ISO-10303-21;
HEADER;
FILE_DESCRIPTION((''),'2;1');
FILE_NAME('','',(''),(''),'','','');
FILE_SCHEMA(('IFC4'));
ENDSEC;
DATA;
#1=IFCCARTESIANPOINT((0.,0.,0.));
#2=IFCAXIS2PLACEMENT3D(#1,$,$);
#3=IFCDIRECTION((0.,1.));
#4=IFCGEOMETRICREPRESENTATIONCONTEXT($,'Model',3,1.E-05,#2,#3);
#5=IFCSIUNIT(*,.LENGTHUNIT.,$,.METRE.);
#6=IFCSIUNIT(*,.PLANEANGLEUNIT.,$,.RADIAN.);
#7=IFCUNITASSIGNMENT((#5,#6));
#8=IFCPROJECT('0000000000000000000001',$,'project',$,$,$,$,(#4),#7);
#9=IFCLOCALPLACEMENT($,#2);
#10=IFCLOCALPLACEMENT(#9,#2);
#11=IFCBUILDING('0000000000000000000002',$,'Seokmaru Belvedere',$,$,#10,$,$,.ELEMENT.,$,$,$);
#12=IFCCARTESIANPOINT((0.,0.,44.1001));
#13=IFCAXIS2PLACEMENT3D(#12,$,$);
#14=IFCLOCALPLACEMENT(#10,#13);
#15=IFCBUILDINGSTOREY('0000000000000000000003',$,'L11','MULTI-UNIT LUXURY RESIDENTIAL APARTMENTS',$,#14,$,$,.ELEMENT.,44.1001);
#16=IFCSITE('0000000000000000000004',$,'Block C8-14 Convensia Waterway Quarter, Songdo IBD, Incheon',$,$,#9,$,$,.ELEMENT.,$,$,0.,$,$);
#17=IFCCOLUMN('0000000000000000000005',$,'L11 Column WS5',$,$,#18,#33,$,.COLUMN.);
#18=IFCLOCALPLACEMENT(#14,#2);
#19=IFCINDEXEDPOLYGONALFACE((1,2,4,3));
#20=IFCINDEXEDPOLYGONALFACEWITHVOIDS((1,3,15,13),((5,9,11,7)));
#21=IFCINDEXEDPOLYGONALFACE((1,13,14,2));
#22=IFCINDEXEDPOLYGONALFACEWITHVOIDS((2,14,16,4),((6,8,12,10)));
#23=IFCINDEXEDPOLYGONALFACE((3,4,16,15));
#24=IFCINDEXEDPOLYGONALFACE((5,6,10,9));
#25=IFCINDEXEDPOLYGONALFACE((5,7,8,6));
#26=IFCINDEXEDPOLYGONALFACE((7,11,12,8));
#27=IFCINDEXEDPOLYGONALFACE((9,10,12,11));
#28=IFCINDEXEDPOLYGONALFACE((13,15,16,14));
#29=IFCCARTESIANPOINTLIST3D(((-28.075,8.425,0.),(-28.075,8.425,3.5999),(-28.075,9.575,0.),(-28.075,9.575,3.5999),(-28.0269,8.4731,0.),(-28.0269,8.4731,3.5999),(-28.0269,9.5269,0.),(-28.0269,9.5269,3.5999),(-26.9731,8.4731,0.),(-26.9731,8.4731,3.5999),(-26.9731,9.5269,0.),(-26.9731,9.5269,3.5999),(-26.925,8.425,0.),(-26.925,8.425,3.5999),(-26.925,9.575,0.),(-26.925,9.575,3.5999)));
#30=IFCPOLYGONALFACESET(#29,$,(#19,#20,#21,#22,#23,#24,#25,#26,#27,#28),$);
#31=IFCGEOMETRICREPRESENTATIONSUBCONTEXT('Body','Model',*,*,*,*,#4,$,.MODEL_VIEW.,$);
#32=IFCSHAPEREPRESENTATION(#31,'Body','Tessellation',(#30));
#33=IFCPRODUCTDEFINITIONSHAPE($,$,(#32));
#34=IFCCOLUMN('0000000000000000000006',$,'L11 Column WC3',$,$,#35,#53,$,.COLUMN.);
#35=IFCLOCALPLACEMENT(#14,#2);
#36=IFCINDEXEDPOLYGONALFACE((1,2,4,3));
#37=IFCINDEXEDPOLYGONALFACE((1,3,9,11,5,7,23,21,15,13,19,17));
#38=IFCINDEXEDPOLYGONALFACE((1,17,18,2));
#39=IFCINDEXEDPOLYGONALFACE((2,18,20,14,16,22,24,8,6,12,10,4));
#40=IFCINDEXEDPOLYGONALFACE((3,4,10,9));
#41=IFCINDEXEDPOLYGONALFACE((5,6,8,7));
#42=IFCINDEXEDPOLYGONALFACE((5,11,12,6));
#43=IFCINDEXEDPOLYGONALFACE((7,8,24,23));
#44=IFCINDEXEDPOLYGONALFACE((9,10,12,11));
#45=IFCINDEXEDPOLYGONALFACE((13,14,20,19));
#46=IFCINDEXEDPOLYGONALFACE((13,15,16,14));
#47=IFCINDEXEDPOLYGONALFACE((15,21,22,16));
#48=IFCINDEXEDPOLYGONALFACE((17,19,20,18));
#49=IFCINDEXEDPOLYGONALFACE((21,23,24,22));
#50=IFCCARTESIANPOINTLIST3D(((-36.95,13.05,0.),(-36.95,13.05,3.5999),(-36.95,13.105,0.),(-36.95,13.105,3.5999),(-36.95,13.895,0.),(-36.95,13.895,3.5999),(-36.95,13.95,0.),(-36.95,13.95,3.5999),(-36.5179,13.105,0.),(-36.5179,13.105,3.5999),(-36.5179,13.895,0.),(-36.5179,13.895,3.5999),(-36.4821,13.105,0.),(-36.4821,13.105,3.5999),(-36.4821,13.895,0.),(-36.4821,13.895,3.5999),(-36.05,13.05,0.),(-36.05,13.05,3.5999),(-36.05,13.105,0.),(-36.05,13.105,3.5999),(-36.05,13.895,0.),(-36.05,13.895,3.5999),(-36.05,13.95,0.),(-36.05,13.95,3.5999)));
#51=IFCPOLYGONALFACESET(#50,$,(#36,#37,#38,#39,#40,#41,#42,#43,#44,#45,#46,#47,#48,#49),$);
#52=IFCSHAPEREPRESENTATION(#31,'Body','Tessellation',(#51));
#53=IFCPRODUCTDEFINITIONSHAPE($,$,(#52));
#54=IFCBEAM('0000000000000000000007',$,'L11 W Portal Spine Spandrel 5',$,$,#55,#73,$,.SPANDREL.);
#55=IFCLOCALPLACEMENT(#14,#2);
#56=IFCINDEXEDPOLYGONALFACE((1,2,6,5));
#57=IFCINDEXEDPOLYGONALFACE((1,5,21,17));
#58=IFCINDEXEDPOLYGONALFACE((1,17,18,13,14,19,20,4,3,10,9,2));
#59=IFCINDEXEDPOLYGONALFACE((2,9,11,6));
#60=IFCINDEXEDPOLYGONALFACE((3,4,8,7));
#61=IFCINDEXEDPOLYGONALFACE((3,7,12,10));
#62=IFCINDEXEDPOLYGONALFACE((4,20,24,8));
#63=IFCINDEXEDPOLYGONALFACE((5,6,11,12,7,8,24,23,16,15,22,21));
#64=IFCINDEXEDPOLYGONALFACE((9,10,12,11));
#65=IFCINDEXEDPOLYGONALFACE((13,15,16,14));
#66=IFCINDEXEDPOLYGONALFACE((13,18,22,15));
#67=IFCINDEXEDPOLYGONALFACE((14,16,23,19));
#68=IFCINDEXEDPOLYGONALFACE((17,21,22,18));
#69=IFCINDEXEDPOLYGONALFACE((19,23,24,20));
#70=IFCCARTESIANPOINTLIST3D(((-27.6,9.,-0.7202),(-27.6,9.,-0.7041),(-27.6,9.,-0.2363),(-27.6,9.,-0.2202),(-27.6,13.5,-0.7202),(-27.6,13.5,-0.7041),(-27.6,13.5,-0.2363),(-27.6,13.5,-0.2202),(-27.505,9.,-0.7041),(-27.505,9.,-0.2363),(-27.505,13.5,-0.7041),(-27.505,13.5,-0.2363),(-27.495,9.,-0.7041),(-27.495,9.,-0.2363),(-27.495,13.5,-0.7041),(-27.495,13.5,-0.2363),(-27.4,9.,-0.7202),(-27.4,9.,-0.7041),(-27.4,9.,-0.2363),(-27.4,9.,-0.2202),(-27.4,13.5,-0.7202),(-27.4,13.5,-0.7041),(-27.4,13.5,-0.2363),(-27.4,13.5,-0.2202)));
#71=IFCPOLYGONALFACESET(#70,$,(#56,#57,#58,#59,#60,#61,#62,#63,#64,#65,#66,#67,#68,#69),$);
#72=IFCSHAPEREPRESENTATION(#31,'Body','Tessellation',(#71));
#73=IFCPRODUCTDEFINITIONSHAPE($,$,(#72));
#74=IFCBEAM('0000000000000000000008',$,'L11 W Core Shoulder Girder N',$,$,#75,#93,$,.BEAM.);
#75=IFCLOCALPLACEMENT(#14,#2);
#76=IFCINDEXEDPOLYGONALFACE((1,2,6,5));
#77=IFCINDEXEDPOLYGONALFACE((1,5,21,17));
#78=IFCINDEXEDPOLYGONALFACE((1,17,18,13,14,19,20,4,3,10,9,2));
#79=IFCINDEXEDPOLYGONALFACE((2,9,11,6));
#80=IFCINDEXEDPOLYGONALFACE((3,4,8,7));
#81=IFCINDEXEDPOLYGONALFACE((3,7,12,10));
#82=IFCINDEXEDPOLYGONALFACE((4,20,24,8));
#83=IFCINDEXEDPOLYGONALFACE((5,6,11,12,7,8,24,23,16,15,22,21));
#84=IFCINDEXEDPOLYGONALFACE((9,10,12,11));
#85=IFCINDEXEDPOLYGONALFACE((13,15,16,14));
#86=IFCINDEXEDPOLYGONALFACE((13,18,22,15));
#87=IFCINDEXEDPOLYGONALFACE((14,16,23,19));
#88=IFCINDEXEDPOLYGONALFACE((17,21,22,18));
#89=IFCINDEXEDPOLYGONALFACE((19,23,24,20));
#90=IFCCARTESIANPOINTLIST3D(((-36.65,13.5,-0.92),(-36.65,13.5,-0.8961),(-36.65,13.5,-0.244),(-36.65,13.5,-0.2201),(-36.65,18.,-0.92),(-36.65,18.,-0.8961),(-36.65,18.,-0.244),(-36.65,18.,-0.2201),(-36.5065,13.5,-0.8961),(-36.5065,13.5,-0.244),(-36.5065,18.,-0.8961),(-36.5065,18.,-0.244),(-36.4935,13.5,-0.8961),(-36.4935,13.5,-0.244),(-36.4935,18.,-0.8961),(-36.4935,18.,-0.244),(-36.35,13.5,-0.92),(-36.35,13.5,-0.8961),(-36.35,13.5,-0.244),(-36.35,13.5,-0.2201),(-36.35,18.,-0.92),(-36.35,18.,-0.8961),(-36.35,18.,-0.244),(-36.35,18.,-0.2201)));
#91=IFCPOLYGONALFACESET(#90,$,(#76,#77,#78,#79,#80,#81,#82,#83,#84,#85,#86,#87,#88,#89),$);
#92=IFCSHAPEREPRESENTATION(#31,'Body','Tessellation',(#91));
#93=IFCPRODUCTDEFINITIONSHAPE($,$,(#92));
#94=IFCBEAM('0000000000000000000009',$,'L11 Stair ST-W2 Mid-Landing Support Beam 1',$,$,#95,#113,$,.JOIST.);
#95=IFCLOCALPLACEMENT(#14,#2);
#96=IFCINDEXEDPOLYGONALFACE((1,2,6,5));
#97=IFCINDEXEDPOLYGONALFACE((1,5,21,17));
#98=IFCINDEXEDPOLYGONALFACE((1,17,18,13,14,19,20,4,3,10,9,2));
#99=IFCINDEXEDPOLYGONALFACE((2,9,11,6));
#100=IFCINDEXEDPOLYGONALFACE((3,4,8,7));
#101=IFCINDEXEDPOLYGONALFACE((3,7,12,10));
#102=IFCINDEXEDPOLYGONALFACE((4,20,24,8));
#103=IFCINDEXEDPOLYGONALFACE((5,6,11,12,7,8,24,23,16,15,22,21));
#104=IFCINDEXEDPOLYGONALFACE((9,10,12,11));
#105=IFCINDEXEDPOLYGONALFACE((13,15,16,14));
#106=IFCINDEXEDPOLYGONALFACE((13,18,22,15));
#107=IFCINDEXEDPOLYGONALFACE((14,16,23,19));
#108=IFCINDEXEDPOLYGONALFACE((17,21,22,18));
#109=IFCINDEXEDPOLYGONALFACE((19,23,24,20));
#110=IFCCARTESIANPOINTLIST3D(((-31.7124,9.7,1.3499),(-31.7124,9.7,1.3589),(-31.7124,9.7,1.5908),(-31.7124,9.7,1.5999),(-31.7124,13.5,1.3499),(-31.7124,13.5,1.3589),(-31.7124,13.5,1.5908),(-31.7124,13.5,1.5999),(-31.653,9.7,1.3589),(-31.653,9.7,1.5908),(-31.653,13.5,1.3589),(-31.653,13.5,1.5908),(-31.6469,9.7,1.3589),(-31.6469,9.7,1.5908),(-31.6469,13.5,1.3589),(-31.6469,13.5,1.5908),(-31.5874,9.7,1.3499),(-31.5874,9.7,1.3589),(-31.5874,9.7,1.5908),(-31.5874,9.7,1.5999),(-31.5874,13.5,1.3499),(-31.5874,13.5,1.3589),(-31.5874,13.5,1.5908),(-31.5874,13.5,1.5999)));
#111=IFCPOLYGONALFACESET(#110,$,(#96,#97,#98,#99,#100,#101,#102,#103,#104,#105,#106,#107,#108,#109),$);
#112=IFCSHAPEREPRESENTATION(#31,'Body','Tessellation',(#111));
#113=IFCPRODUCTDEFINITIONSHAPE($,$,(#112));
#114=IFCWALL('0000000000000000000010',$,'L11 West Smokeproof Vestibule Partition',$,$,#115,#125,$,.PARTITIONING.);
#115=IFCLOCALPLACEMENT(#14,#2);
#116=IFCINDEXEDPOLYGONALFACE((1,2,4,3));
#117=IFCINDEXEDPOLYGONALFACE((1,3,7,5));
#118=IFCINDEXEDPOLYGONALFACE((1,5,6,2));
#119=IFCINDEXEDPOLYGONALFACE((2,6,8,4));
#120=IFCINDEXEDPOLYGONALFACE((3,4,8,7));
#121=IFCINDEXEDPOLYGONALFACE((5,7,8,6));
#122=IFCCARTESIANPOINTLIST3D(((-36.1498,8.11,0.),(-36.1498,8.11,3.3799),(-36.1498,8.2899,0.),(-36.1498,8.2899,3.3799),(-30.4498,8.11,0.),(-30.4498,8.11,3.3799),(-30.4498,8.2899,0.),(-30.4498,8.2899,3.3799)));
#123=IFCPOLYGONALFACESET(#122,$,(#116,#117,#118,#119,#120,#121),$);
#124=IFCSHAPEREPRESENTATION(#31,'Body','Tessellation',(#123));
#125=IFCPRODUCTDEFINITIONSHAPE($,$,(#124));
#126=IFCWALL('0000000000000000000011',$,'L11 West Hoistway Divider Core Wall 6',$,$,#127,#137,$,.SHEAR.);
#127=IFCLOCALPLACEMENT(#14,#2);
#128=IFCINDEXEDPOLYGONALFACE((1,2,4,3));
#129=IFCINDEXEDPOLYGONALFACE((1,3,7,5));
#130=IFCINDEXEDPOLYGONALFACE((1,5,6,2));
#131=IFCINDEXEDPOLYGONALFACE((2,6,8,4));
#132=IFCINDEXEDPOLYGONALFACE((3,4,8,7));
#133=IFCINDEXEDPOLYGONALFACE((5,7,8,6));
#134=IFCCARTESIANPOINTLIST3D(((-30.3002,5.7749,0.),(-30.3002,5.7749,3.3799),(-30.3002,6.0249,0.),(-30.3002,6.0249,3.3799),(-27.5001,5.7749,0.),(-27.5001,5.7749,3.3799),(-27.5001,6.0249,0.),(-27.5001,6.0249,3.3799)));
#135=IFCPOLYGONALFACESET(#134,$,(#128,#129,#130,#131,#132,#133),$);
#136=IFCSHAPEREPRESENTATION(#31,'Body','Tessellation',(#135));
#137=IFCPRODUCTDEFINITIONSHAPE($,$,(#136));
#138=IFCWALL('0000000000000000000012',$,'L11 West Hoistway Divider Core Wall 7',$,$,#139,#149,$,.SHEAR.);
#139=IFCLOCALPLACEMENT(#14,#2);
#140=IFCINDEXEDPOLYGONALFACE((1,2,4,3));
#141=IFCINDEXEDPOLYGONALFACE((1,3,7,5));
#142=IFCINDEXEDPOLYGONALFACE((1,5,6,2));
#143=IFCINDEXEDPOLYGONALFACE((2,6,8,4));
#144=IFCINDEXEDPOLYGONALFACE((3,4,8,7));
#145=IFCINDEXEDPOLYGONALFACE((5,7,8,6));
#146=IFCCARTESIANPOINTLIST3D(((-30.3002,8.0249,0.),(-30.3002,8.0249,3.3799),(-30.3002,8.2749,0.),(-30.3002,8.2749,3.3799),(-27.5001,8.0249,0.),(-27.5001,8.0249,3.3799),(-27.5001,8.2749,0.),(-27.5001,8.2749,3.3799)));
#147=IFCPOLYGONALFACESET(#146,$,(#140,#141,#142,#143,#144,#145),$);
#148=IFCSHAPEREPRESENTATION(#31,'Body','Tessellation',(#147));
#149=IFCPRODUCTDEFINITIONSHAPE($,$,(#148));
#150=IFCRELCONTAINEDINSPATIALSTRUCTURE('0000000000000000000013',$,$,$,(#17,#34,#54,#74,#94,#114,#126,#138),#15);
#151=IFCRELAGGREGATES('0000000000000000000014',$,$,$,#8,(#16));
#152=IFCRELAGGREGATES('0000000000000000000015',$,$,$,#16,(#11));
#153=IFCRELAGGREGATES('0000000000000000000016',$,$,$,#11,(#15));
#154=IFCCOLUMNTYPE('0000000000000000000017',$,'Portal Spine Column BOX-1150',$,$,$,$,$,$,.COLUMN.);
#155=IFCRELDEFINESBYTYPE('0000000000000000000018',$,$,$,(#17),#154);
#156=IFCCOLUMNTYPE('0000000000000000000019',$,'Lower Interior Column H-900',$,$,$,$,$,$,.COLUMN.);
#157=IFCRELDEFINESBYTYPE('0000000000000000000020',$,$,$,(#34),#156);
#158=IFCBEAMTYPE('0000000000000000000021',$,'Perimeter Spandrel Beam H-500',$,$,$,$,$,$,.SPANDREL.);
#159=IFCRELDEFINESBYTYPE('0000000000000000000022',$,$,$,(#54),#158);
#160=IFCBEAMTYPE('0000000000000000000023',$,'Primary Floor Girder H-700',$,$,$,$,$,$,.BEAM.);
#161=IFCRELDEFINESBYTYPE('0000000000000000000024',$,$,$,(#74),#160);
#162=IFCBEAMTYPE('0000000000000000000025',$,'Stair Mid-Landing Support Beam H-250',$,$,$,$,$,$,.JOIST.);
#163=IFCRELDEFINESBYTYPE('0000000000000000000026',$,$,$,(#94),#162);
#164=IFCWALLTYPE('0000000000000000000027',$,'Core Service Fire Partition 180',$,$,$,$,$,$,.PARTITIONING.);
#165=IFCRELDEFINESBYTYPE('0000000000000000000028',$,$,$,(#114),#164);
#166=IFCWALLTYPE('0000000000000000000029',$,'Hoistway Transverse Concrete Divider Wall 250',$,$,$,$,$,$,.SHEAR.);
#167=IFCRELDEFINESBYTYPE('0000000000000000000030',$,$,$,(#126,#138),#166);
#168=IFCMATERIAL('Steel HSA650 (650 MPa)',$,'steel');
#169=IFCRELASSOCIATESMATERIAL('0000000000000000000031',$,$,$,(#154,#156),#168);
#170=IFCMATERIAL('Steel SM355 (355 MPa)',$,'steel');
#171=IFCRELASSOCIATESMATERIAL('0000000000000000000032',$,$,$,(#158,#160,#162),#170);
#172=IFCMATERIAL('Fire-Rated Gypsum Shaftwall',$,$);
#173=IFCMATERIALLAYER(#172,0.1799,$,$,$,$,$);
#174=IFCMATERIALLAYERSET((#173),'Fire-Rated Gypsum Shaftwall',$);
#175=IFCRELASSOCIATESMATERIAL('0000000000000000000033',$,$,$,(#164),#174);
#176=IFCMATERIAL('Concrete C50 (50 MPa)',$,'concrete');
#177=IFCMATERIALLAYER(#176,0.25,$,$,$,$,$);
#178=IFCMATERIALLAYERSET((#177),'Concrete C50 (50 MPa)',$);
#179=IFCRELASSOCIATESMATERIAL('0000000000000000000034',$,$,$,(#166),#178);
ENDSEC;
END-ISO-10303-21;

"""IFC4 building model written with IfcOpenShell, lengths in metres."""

from ifc_helpers import new_model, si_unit, direction, frame, frame_2d, origin, origin_2d, place, context, subcontext, project, spatial, rectangle, hollow_rectangle, i_section, extrude, source, transform, mapped, material, layer, layer_set, material_profile, profile_set, type_object, type_shapes, element, save


model = new_model("IFC4")

# Units and contexts
model_context = context("Model", 3, precision=1e-05, world=origin(), true_north=direction((0.0, 1.0)))
body_context = subcontext(model_context, "Body", "Model", "MODEL_VIEW")
ifc_project = project(units=[si_unit("LENGTHUNIT", "METRE"), si_unit("PLANEANGLEUNIT", "RADIAN")], contexts=[model_context])

# Site, building, storey
site_placement = place(None, origin())
site = spatial("IfcSite", under=ifc_project, at=site_placement, Name="Block C8-14 Convensia Waterway Quarter, Songdo IBD, Incheon", CompositionType="ELEMENT", RefElevation=0.0)
building_placement = place(site_placement, origin())
building = spatial("IfcBuilding", under=site, at=building_placement, Name="Seokmaru Belvedere", CompositionType="ELEMENT")
storey_placement = place(building_placement, frame((0.0, 0.0, 44.1001)))
storey = spatial("IfcBuildingStorey", under=building, at=storey_placement, Name="L11", Description="MULTI-UNIT LUXURY RESIDENTIAL APARTMENTS", CompositionType="ELEMENT", Elevation=44.1001)

# Columns
ifc_material_1 = material(Name="Steel HSA650 (650 MPa)", Category="steel")
ifc_material_profile_1 = material_profile(ifc_material_1, hollow_rectangle(XDim=1.1499, YDim=1.1499, WallThickness=0.0481, at=origin_2d()), Name="BOX-1150x1150x48")
ifc_profile_set_1 = profile_set([ifc_material_profile_1], Name="Steel HSA650 (650 MPa)")
column_type_1 = type_object("IfcColumnType", Name="Portal Spine Column BOX-1150", PredefinedType="COLUMN", material=ifc_profile_set_1)
shared_shape_1 = source(origin(), body_context, "Body", "SweptSolid", [
    extrude(hollow_rectangle(XDim=1.1499, YDim=1.1499, WallThickness=0.0481, at=origin_2d()), origin(), (0.0, 0.0, 1.0), 3.5999),
])
type_shapes(column_type_1, [shared_shape_1])
column_1_placement = place(storey_placement, frame((-27.5, 9.0, 0.0), z_axis=(0.0, 0.0, 1.0), x_axis=(1.0, 0.0, 0.0)))
element("IfcColumn", 1, at=column_1_placement, inside=storey, type_object=column_type_1, Name="L11 Column WS5", PredefinedType="COLUMN", context=body_context, shape_type="MappedRepresentation", body=[
    mapped(shared_shape_1, transform((0.0, 0.0, 0.0), scale=1.0)),
])
ifc_material_profile_2 = material_profile(ifc_material_1, i_section(OverallWidth=0.8999, OverallDepth=0.8999, WebThickness=0.0359, FlangeThickness=0.0549, at=origin_2d()), Name="H-900x900x36x55")
ifc_profile_set_2 = profile_set([ifc_material_profile_2], Name="Steel HSA650 (650 MPa)")
column_type_2 = type_object("IfcColumnType", Name="Lower Interior Column H-900", PredefinedType="COLUMN", material=ifc_profile_set_2)
shared_shape_2 = source(origin(), body_context, "Body", "SweptSolid", [
    extrude(i_section(OverallWidth=0.8999, OverallDepth=0.8999, WebThickness=0.0359, FlangeThickness=0.0549, at=origin_2d()), origin(), (0.0, 0.0, 1.0), 3.5999),
])
type_shapes(column_type_2, [shared_shape_2])
column_2_placement = place(storey_placement, frame((-36.5, 13.5, 0.0), z_axis=(0.0, 0.0, 1.0), x_axis=(1.0, 0.0, 0.0)))
element("IfcColumn", 2, at=column_2_placement, inside=storey, type_object=column_type_2, Name="L11 Column WC3", PredefinedType="COLUMN", context=body_context, shape_type="MappedRepresentation", body=[
    mapped(shared_shape_2, transform((0.0, 0.0, 0.0), scale=1.0)),
])

# Beams
ifc_material_2 = material(Name="Steel SM355 (355 MPa)", Category="steel")
ifc_material_profile_3 = material_profile(ifc_material_2, i_section(OverallWidth=0.2, OverallDepth=0.5, WebThickness=0.01, FlangeThickness=0.0161, at=origin_2d()), Name="H-500x200x10x16")
ifc_profile_set_3 = profile_set([ifc_material_profile_3], Name="Steel SM355 (355 MPa)")
beam_type_1 = type_object("IfcBeamType", Name="Perimeter Spandrel Beam H-500", PredefinedType="SPANDREL", material=ifc_profile_set_3)
shared_shape_3 = source(origin(), body_context, "Body", "SweptSolid", [
    extrude(i_section(OverallWidth=0.2, OverallDepth=0.5, WebThickness=0.01, FlangeThickness=0.0161, at=origin_2d()), origin(), (0.0, 0.0, 1.0), 4.5),
])
type_shapes(beam_type_1, [shared_shape_3])
beam_1_placement = place(storey_placement, frame((-27.5, 9.0, -0.4702), z_axis=(0.0, 1.0, 0.0), x_axis=(-1.0, 0.0, 0.0)))
element("IfcBeam", 3, at=beam_1_placement, inside=storey, type_object=beam_type_1, Name="L11 W Portal Spine Spandrel 5", PredefinedType="SPANDREL", context=body_context, shape_type="MappedRepresentation", body=[
    mapped(shared_shape_3, transform((0.0, 0.0, 0.0), scale=1.0)),
])
ifc_material_profile_4 = material_profile(ifc_material_2, i_section(OverallWidth=0.3, OverallDepth=0.7, WebThickness=0.0129, FlangeThickness=0.0239, at=origin_2d()), Name="H-700x300x13x24")
ifc_profile_set_4 = profile_set([ifc_material_profile_4], Name="Steel SM355 (355 MPa)")
beam_type_2 = type_object("IfcBeamType", Name="Primary Floor Girder H-700", PredefinedType="BEAM", material=ifc_profile_set_4)
shared_shape_4 = source(origin(), body_context, "Body", "SweptSolid", [
    extrude(i_section(OverallWidth=0.3, OverallDepth=0.7, WebThickness=0.0129, FlangeThickness=0.0239, at=origin_2d()), origin(), (0.0, 0.0, 1.0), 4.5),
])
type_shapes(beam_type_2, [shared_shape_4])
beam_2_placement = place(storey_placement, frame((-36.5, 13.5, -0.5701), z_axis=(0.0, 1.0, 0.0), x_axis=(-1.0, 0.0, 0.0)))
element("IfcBeam", 4, at=beam_2_placement, inside=storey, type_object=beam_type_2, Name="L11 W Core Shoulder Girder N", PredefinedType="BEAM", context=body_context, shape_type="MappedRepresentation", body=[
    mapped(shared_shape_4, transform((0.0, 0.0, 0.0), scale=1.0)),
])
ifc_material_profile_5 = material_profile(ifc_material_2, i_section(OverallWidth=0.125, OverallDepth=0.25, WebThickness=0.0061, FlangeThickness=0.009, at=origin_2d()), Name="H-250x125x6x9")
ifc_profile_set_5 = profile_set([ifc_material_profile_5], Name="Steel SM355 (355 MPa)")
beam_type_3 = type_object("IfcBeamType", Name="Stair Mid-Landing Support Beam H-250", PredefinedType="JOIST", material=ifc_profile_set_5)
shared_shape_5 = source(origin(), body_context, "Body", "SweptSolid", [
    extrude(i_section(OverallWidth=0.125, OverallDepth=0.25, WebThickness=0.0061, FlangeThickness=0.009, at=origin_2d()), origin(), (0.0, 0.0, 1.0), 3.8),
])
type_shapes(beam_type_3, [shared_shape_5])
beam_3_placement = place(storey_placement, frame((-31.6499, 9.7, 1.4749), z_axis=(0.0, 1.0, 0.0), x_axis=(-1.0, 0.0, 0.0)))
element("IfcBeam", 5, at=beam_3_placement, inside=storey, type_object=beam_type_3, Name="L11 Stair ST-W2 Mid-Landing Support Beam 1", PredefinedType="JOIST", context=body_context, shape_type="MappedRepresentation", body=[
    mapped(shared_shape_5, transform((0.0, 0.0, 0.0), scale=1.0)),
])

# Walls
ifc_material_3 = material(Name="Fire-Rated Gypsum Shaftwall")
ifc_layer_1 = layer(ifc_material_3, 0.1799)
ifc_layer_set_1 = layer_set([ifc_layer_1], Name="Fire-Rated Gypsum Shaftwall")
wall_type_1 = type_object("IfcWallType", Name="Core Service Fire Partition 180", PredefinedType="PARTITIONING", material=ifc_layer_set_1)
wall_1_placement = place(storey_placement, frame((-36.1499, 8.2, 0.0), z_axis=(0.0, 0.0, 1.0), x_axis=(1.0, 0.0, 0.0)))
element("IfcWall", 6, at=wall_1_placement, inside=storey, type_object=wall_type_1, Name="L11 West Smokeproof Vestibule Partition", PredefinedType="PARTITIONING", context=body_context, shape_type="SweptSolid", body=[
    extrude(rectangle(XDim=5.7, YDim=0.1799, at=frame_2d((2.8501, 0.0))), origin(), (0.0, 0.0, 1.0), 3.3799),
])
ifc_material_4 = material(Name="Concrete C50 (50 MPa)", Category="concrete")
ifc_layer_2 = layer(ifc_material_4, 0.25)
ifc_layer_set_2 = layer_set([ifc_layer_2], Name="Concrete C50 (50 MPa)")
wall_type_2 = type_object("IfcWallType", Name="Hoistway Transverse Concrete Divider Wall 250", PredefinedType="SHEAR", material=ifc_layer_set_2)
for number, where, z_axis, x_axis, name in (
    (7, (-30.3, 5.8999, 0.0), (0.0, 0.0, 1.0), (1.0, 0.0, 0.0), "L11 West Hoistway Divider Core Wall 6"),
    (8, (-30.3, 8.1499, 0.0), (0.0, 0.0, 1.0), (1.0, 0.0, 0.0), "L11 West Hoistway Divider Core Wall 7"),
):
    element("IfcWall", number, at=place(storey_placement, frame(where, z_axis=z_axis, x_axis=x_axis)), inside=storey, type_object=wall_type_2, Name=name, PredefinedType="SHEAR", context=body_context, shape_type="SweptSolid", body=[
        extrude(rectangle(XDim=2.8, YDim=0.25, at=frame_2d((1.3999, 0.0))), origin(), (0.0, 0.0, 1.0), 3.3799),
    ])

save(model, "model.ifc")
